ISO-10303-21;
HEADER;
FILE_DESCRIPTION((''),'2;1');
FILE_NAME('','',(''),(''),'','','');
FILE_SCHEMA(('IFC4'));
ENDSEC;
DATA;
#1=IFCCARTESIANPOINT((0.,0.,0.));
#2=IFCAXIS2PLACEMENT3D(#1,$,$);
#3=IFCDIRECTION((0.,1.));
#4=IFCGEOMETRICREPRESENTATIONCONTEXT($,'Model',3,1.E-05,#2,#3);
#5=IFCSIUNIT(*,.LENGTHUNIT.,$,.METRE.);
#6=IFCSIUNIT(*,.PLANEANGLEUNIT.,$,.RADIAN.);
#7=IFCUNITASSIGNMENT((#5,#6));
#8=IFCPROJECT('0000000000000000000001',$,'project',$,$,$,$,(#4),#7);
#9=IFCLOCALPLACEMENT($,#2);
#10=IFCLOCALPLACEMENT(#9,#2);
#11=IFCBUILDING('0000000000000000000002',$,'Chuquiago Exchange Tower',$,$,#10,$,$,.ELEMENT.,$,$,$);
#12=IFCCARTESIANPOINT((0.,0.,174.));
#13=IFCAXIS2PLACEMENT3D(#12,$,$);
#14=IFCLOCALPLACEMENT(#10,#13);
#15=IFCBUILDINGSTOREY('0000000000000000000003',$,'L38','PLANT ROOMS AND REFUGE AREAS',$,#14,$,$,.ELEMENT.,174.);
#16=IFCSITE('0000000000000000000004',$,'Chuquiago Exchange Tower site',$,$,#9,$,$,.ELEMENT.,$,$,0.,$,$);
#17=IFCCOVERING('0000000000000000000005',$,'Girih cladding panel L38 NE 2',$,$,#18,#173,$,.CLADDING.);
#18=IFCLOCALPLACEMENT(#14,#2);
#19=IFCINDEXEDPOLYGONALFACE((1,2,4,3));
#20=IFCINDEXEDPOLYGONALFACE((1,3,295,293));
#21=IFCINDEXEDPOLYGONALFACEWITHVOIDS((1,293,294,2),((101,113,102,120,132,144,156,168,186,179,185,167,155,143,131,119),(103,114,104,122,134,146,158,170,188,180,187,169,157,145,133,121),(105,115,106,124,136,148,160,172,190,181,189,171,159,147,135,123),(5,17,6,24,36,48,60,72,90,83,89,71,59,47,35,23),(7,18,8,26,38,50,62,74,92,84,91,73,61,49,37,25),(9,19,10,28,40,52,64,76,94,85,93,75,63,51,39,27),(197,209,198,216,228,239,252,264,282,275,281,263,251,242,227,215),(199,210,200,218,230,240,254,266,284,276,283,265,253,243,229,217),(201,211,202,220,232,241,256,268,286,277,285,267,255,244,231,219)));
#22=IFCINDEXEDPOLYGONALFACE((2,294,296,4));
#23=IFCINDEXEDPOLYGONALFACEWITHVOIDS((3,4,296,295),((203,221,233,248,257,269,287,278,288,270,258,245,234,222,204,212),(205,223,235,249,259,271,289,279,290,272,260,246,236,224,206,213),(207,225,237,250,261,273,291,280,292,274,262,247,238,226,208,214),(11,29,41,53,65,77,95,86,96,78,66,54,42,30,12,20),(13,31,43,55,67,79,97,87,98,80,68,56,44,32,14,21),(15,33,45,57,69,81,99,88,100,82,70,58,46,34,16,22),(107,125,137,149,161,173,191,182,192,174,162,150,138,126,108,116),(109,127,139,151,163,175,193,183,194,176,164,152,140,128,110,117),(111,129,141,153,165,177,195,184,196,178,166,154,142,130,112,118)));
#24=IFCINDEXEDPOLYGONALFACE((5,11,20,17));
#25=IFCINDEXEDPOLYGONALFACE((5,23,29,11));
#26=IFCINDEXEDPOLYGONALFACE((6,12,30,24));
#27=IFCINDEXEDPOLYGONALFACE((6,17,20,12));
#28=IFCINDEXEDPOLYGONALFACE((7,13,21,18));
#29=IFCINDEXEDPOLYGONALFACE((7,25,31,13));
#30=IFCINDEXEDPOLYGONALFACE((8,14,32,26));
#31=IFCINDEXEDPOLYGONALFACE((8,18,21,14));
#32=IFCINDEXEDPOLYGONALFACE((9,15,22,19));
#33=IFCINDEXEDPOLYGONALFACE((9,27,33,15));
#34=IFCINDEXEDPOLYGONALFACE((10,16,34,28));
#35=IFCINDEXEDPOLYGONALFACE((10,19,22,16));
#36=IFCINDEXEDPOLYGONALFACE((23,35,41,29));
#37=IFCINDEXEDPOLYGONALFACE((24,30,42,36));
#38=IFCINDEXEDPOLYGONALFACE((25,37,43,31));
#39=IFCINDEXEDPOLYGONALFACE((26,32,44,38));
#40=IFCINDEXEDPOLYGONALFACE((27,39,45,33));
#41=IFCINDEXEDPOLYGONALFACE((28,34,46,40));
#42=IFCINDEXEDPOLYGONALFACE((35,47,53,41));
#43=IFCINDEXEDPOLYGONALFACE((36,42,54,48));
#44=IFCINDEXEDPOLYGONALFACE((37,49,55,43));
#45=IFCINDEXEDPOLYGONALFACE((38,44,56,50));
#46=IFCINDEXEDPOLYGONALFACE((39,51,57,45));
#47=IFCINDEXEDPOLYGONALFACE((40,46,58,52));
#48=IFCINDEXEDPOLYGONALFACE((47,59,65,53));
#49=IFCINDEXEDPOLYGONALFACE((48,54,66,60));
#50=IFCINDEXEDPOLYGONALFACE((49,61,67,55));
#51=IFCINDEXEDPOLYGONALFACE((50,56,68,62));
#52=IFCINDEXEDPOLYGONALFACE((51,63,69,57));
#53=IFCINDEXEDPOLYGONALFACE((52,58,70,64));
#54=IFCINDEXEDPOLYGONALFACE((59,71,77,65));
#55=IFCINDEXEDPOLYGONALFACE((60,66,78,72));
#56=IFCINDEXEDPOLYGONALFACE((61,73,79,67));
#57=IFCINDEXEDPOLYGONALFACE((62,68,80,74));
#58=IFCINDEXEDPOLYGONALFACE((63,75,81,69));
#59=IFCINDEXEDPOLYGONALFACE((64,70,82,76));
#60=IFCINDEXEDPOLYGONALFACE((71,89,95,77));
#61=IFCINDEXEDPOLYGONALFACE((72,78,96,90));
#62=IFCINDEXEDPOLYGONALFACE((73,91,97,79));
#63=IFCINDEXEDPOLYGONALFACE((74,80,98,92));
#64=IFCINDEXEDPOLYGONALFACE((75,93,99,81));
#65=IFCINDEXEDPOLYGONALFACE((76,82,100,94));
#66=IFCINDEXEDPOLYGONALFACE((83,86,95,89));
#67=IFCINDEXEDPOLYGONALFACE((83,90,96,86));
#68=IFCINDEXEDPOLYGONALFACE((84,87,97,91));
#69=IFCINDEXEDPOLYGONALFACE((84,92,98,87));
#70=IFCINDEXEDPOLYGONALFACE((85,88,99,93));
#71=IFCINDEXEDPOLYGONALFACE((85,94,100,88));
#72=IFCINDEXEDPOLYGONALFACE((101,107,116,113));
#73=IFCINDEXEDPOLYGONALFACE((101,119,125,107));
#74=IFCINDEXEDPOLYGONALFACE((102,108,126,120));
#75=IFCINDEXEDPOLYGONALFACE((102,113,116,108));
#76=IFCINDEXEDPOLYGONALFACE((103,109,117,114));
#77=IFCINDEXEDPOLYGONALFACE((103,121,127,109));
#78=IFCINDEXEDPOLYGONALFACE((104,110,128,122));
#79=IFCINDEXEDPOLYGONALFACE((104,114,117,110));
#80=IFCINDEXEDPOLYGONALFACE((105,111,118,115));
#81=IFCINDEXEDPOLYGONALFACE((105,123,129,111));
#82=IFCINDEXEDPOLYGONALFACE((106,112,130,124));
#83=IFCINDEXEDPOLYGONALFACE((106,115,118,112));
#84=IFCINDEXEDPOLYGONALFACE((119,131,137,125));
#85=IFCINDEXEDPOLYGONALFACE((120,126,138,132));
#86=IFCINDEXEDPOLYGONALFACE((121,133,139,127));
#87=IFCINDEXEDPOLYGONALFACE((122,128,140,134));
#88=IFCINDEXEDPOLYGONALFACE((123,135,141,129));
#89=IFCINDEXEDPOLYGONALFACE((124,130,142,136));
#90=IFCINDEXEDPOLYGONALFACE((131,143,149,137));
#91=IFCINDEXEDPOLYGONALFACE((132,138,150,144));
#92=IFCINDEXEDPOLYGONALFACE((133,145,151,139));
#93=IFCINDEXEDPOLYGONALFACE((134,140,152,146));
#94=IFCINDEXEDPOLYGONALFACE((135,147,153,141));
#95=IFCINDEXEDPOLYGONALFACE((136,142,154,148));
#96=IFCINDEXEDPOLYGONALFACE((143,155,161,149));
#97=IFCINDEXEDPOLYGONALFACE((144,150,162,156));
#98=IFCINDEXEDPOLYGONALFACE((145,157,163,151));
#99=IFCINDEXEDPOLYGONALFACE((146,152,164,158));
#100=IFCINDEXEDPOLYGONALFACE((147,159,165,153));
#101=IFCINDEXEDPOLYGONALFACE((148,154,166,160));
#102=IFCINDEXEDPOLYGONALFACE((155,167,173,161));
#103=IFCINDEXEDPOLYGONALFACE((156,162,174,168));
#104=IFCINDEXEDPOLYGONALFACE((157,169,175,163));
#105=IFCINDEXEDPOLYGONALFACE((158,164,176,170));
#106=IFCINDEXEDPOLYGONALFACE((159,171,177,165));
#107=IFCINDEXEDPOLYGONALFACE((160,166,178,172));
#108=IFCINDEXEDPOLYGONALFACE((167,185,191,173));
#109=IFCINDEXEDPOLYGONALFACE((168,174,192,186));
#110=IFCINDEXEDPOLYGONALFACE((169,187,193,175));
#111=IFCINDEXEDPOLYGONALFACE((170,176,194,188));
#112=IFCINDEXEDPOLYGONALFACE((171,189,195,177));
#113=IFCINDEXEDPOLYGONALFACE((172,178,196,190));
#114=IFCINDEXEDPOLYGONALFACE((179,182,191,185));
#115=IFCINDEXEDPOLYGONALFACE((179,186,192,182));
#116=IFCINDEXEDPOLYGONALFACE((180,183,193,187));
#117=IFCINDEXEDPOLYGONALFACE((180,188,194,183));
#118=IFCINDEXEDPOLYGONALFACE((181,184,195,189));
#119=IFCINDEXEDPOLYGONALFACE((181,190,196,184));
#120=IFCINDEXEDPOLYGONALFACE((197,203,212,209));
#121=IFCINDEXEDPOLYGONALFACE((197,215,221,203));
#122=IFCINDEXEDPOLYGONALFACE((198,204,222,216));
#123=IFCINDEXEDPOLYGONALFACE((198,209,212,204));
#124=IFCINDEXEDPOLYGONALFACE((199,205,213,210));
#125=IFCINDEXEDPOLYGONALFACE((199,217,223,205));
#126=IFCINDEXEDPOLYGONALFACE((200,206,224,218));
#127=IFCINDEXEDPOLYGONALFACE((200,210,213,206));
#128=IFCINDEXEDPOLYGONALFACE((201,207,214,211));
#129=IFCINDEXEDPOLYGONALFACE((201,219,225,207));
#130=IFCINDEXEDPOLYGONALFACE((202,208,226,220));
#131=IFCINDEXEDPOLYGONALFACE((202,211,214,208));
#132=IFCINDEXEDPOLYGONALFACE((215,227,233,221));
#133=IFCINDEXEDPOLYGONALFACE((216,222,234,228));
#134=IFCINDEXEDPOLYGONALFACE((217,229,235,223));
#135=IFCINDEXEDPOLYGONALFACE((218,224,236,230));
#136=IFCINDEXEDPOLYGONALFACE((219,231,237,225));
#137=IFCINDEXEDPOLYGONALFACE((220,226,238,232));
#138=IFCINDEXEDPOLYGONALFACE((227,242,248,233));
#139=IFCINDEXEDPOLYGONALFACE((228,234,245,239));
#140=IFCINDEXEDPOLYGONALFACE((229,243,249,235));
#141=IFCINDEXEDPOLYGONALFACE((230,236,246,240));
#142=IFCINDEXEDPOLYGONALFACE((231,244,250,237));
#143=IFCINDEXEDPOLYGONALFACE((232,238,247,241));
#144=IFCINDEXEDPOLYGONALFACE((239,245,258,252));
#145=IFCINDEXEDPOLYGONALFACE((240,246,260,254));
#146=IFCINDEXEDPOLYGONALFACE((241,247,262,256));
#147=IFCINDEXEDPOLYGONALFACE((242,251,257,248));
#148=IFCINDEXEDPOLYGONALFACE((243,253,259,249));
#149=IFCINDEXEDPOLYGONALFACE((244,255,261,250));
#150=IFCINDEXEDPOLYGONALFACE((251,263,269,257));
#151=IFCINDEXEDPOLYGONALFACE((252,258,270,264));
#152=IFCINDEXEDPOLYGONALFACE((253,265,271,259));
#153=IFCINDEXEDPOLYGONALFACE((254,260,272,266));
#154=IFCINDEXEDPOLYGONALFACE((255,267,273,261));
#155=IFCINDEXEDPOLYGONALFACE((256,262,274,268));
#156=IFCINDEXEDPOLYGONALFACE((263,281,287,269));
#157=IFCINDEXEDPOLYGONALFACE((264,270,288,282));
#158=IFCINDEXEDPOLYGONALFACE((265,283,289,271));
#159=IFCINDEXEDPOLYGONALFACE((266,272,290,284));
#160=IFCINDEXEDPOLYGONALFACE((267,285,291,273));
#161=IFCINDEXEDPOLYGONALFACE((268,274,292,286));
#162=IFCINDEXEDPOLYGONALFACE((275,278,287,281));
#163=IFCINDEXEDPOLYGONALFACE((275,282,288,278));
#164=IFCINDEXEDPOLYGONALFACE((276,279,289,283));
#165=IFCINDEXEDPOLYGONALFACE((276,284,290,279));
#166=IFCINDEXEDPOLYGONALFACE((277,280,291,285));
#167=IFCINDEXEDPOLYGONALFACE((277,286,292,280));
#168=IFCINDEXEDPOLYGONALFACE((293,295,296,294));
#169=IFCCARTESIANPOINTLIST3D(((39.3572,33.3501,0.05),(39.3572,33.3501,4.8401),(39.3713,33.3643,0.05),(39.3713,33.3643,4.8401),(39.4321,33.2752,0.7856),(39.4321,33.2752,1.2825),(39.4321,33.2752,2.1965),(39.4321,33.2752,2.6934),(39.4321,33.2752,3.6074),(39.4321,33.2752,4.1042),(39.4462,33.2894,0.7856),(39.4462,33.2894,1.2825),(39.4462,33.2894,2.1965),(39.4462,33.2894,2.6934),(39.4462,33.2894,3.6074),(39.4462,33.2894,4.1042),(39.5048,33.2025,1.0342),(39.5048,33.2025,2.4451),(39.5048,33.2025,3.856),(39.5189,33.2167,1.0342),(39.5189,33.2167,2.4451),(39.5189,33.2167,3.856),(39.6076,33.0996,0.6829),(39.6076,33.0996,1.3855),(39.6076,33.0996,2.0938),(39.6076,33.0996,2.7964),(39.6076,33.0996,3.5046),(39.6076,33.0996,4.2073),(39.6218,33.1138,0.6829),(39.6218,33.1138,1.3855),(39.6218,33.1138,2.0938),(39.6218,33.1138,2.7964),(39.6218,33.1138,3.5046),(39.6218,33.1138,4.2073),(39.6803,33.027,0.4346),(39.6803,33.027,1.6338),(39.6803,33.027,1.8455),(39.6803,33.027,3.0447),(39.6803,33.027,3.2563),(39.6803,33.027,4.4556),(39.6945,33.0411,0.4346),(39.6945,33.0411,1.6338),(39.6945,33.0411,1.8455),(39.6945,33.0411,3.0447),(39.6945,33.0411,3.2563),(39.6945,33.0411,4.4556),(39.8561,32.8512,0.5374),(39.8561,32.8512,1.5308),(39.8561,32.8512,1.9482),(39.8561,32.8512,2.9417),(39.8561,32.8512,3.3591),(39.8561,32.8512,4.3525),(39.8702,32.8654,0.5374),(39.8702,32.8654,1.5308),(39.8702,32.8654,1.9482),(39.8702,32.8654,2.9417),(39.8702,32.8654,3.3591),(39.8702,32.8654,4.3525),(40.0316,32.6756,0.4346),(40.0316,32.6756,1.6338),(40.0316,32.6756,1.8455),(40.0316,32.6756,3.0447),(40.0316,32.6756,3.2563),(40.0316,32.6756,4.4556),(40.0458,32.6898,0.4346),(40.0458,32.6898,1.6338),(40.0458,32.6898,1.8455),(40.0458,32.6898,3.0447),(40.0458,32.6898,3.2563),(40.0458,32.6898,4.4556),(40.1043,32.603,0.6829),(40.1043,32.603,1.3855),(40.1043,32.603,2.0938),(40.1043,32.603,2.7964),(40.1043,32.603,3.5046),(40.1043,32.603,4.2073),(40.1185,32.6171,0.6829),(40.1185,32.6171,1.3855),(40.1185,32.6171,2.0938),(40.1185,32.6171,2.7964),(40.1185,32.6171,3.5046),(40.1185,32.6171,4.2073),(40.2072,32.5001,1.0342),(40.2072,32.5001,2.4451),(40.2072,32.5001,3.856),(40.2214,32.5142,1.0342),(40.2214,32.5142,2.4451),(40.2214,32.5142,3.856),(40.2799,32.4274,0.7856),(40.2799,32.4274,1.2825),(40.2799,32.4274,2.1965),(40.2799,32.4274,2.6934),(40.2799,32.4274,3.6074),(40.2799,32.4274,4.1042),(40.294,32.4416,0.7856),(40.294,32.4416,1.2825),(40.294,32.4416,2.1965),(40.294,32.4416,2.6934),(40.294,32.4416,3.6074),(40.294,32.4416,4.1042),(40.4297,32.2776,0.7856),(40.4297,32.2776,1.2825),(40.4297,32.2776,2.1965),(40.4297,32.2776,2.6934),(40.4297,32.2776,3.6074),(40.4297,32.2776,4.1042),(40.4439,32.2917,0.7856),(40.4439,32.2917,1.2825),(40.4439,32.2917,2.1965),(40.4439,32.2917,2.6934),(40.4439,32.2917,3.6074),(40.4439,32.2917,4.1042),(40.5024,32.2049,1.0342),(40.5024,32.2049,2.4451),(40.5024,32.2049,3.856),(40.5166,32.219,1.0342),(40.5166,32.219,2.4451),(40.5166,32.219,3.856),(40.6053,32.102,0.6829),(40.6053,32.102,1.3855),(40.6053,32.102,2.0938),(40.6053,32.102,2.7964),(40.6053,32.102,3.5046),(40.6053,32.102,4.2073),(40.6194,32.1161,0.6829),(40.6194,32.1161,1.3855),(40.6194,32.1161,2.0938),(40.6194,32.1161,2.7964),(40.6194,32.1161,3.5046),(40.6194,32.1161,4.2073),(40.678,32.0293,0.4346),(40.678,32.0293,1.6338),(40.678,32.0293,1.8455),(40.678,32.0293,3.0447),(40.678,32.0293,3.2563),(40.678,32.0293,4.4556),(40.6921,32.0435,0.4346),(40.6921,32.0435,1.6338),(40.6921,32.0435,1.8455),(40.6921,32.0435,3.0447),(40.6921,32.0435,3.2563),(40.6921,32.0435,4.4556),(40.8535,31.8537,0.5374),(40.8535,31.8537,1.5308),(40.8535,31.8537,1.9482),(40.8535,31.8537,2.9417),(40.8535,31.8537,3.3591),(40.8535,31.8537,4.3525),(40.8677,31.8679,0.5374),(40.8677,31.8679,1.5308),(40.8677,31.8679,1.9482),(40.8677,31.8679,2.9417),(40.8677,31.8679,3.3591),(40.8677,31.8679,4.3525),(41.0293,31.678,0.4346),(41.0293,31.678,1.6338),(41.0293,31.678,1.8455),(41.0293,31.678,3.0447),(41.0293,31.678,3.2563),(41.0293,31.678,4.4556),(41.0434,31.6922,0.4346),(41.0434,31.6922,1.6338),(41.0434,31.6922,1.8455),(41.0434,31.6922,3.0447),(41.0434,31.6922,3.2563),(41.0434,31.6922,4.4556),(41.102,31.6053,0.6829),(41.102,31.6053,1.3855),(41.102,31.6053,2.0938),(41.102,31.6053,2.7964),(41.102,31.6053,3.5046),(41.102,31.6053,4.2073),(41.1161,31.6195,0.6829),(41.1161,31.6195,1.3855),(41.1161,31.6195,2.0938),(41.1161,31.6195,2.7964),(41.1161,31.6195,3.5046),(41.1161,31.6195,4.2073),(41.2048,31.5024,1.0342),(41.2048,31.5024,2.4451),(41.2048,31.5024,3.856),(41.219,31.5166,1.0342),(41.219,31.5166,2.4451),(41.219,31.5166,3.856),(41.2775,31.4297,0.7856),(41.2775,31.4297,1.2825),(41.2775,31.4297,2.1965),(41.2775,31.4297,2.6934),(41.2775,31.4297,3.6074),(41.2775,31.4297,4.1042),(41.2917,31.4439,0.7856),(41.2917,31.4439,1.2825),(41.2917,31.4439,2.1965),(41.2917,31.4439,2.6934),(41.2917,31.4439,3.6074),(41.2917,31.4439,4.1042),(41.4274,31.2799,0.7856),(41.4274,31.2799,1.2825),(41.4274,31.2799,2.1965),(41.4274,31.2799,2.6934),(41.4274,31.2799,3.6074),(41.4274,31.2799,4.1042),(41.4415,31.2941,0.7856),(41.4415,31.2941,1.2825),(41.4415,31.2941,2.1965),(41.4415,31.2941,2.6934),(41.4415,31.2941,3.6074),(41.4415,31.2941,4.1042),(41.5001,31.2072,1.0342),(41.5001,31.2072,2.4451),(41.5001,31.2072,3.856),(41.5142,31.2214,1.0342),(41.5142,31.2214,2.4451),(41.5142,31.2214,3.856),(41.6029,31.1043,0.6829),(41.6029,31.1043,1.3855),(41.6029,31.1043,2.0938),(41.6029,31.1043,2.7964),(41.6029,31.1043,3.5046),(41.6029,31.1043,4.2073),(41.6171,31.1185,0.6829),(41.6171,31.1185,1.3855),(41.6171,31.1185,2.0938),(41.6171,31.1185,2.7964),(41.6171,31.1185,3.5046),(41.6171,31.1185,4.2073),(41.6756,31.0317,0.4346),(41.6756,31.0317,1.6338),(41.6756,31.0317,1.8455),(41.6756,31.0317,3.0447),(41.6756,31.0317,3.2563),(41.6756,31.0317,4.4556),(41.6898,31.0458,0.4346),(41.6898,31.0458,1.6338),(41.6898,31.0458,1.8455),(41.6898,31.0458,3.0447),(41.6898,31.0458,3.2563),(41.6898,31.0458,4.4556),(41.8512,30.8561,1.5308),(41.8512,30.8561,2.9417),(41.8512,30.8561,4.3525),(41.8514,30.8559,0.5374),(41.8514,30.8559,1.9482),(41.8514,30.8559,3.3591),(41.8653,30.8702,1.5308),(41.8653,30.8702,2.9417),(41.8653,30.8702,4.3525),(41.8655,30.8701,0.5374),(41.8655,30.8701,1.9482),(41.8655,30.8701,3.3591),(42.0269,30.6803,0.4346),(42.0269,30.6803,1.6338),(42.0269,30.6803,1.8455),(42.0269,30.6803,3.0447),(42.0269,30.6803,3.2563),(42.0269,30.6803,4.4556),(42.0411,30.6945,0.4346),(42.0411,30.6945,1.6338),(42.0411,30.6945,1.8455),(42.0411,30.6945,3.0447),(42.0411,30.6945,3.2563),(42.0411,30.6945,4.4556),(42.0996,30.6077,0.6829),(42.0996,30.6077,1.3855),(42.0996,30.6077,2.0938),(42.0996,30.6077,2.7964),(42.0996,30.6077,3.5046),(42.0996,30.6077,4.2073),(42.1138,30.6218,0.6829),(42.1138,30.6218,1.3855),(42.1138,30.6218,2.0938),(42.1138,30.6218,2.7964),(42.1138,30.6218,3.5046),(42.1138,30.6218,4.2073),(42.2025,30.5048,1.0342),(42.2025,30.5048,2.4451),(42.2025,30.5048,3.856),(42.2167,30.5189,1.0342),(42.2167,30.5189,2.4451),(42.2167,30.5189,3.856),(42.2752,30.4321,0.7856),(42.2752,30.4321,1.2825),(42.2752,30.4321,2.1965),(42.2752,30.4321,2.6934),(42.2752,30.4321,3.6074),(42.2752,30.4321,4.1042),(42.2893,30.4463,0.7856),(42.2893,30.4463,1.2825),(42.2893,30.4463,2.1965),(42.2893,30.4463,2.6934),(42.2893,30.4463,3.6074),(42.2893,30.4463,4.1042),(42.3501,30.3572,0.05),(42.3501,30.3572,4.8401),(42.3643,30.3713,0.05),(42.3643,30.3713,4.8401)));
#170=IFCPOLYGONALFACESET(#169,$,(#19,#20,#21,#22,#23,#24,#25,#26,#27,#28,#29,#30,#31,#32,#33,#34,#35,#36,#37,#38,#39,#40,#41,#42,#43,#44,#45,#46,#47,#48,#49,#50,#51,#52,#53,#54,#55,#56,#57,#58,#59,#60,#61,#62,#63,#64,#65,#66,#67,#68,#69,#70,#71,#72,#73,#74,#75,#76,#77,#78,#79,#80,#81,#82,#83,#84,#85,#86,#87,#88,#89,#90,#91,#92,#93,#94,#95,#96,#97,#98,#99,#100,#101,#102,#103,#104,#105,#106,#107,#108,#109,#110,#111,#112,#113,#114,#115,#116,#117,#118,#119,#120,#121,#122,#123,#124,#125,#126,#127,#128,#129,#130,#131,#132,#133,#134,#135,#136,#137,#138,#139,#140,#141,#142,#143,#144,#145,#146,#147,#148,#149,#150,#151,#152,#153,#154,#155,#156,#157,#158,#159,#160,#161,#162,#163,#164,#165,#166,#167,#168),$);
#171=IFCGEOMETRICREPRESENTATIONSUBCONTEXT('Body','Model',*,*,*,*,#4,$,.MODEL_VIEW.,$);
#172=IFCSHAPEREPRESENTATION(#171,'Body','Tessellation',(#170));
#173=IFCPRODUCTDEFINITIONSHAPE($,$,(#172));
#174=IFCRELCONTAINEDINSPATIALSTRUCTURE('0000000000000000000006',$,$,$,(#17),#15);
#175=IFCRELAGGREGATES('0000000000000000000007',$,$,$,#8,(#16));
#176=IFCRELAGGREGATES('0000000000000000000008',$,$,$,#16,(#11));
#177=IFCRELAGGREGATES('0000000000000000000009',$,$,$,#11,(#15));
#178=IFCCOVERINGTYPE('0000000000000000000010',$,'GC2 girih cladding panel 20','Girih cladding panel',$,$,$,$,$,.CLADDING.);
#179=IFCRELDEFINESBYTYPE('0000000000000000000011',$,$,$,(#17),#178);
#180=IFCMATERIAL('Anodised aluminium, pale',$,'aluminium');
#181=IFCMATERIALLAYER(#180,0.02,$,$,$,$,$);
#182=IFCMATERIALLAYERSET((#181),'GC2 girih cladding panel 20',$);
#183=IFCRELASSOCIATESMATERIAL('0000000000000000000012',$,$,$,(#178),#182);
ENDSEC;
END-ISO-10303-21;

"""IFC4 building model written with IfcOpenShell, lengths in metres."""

from ifc_helpers import new_model, si_unit, direction, frame, origin, place, context, subcontext, project, spatial, polyline, outline, extrude, material, layer, layer_set, type_object, element, save


model = new_model("IFC4")

# Units and contexts
model_context = context("Model", 3, precision=1e-05, world=origin(), true_north=direction((0.0, 1.0)))
body_context = subcontext(model_context, "Body", "Model", "MODEL_VIEW")
ifc_project = project(units=[si_unit("LENGTHUNIT", "METRE"), si_unit("PLANEANGLEUNIT", "RADIAN")], contexts=[model_context])

# Site, building, storey
site_placement = place(None, origin())
site = spatial("IfcSite", under=ifc_project, at=site_placement, Name="Chuquiago Exchange Tower site", CompositionType="ELEMENT", RefElevation=0.0)
building_placement = place(site_placement, origin())
building = spatial("IfcBuilding", under=site, at=building_placement, Name="Chuquiago Exchange Tower", CompositionType="ELEMENT")
storey_placement = place(building_placement, frame((0.0, 0.0, 174.0)))
storey = spatial("IfcBuildingStorey", under=building, at=storey_placement, Name="L38", Description="PLANT ROOMS AND REFUGE AREAS", CompositionType="ELEMENT", Elevation=174.0)

# Covering
ifc_material_1 = material(Name="Anodised aluminium, pale", Category="aluminium")
ifc_layer_1 = layer(ifc_material_1, 0.02)
ifc_layer_set_1 = layer_set([ifc_layer_1], Name="GC2 girih cladding panel 20")
covering_type = type_object("IfcCoveringType", Name="GC2 girih cladding panel 20", Description="Girih cladding panel", PredefinedType="CLADDING", material=ifc_layer_set_1)
covering_1_placement = place(storey_placement, frame((42.3501, 30.3572, 0.05), z_axis=(0.0, 0.0, 1.0), x_axis=(-0.707107, 0.707107, 0.0)))
element("IfcCovering", 1, at=covering_1_placement, inside=storey, type_object=covering_type, Name="Girih cladding panel L38 NE 2", PredefinedType="CLADDING", context=body_context, shape_type="SweptSolid", body=[
    extrude(outline(polyline([(0.0, 0.0), (4.2327, 0.0), (4.2327, 4.79), (0.0, 4.79), (0.0, 0.0)]), holes=[polyline([(1.2021, 0.9841), (1.3049, 1.2324), (1.0566, 1.3354), (0.9539, 1.5837), (0.7056, 1.4807), (0.457, 1.5837), (0.3542, 1.3354), (0.106, 1.2324), (0.2087, 0.9841), (0.106, 0.7356), (0.3542, 0.6328), (0.457, 0.3845), (0.7053, 0.4873), (0.9539, 0.3845), (1.0566, 0.6328), (1.3049, 0.7356), (1.2021, 0.9841)]), polyline([(2.613, 0.9841), (2.7158, 1.2324), (2.4675, 1.3354), (2.3647, 1.5837), (2.1165, 1.4807), (1.8679, 1.5837), (1.7651, 1.3354), (1.5168, 1.2324), (1.6196, 0.9841), (1.5168, 0.7356), (1.7651, 0.6328), (1.8679, 0.3845), (2.1165, 0.4873), (2.3647, 0.3845), (2.4675, 0.6328), (2.7158, 0.7356), (2.613, 0.9841)]), polyline([(4.0239, 0.9841), (4.1267, 1.2324), (3.8784, 1.3354), (3.7756, 1.5837), (3.5271, 1.4807), (3.2788, 1.5837), (3.176, 1.3354), (2.9277, 1.2324), (3.0305, 0.9841), (2.9277, 0.7356), (3.176, 0.6328), (3.2788, 0.3845), (3.5271, 0.4873), (3.7756, 0.3845), (3.8784, 0.6328), (4.1267, 0.7356), (4.0239, 0.9841)]), polyline([(1.2021, 2.395), (1.3049, 2.6433), (1.0566, 2.7463), (0.9539, 2.9946), (0.7056, 2.8916), (0.457, 2.9946), (0.3542, 2.7463), (0.106, 2.6433), (0.2087, 2.395), (0.106, 2.1465), (0.3542, 2.0437), (0.457, 1.7954), (0.7053, 1.8982), (0.9539, 1.7954), (1.0566, 2.0437), (1.3049, 2.1465), (1.2021, 2.395)]), polyline([(2.613, 2.395), (2.7158, 2.6433), (2.4675, 2.7463), (2.3647, 2.9946), (2.1165, 2.8916), (1.8679, 2.9946), (1.7651, 2.7463), (1.5168, 2.6433), (1.6196, 2.395), (1.5168, 2.1465), (1.7651, 2.0437), (1.8679, 1.7954), (2.1165, 1.8982), (2.3647, 1.7954), (2.4675, 2.0437), (2.7158, 2.1465), (2.613, 2.395)]), polyline([(4.0239, 2.395), (4.1267, 2.6433), (3.8784, 2.7463), (3.7756, 2.9946), (3.5271, 2.8916), (3.2788, 2.9946), (3.176, 2.7463), (2.9277, 2.6433), (3.0305, 2.395), (2.9277, 2.1465), (3.176, 2.0437), (3.2788, 1.7954), (3.5271, 1.8982), (3.7756, 1.7954), (3.8784, 2.0437), (4.1267, 2.1465), (4.0239, 2.395)]), polyline([(1.2021, 3.8059), (1.3049, 4.0542), (1.0566, 4.1572), (0.9539, 4.4055), (0.7056, 4.3025), (0.457, 4.4055), (0.3542, 4.1572), (0.106, 4.0542), (0.2087, 3.8059), (0.106, 3.5574), (0.3542, 3.4546), (0.457, 3.2063), (0.7053, 3.3091), (0.9539, 3.2063), (1.0566, 3.4546), (1.3049, 3.5574), (1.2021, 3.8059)]), polyline([(2.613, 3.8059), (2.7158, 4.0542), (2.4675, 4.1572), (2.3647, 4.4055), (2.1165, 4.3025), (1.8679, 4.4055), (1.7651, 4.1572), (1.5168, 4.0542), (1.6196, 3.8059), (1.5168, 3.5574), (1.7651, 3.4546), (1.8679, 3.2063), (2.1165, 3.3091), (2.3647, 3.2063), (2.4675, 3.4546), (2.7158, 3.5574), (2.613, 3.8059)]), polyline([(4.0239, 3.8059), (4.1267, 4.0542), (3.8784, 4.1572), (3.7756, 4.4055), (3.5271, 4.3025), (3.2788, 4.4055), (3.176, 4.1572), (2.9277, 4.0542), (3.0305, 3.8059), (2.9277, 3.5574), (3.176, 3.4546), (3.2788, 3.2063), (3.5271, 3.3091), (3.7756, 3.2063), (3.8784, 3.4546), (4.1267, 3.5574), (4.0239, 3.8059)])]), frame((0.0, 0.0, 0.0), z_axis=(0.0, -1.0, 0.0), x_axis=(1.0, 0.0, 0.0)), (0.0, 0.0, 1.0), 0.02),
])

save(model, "model.ifc")
